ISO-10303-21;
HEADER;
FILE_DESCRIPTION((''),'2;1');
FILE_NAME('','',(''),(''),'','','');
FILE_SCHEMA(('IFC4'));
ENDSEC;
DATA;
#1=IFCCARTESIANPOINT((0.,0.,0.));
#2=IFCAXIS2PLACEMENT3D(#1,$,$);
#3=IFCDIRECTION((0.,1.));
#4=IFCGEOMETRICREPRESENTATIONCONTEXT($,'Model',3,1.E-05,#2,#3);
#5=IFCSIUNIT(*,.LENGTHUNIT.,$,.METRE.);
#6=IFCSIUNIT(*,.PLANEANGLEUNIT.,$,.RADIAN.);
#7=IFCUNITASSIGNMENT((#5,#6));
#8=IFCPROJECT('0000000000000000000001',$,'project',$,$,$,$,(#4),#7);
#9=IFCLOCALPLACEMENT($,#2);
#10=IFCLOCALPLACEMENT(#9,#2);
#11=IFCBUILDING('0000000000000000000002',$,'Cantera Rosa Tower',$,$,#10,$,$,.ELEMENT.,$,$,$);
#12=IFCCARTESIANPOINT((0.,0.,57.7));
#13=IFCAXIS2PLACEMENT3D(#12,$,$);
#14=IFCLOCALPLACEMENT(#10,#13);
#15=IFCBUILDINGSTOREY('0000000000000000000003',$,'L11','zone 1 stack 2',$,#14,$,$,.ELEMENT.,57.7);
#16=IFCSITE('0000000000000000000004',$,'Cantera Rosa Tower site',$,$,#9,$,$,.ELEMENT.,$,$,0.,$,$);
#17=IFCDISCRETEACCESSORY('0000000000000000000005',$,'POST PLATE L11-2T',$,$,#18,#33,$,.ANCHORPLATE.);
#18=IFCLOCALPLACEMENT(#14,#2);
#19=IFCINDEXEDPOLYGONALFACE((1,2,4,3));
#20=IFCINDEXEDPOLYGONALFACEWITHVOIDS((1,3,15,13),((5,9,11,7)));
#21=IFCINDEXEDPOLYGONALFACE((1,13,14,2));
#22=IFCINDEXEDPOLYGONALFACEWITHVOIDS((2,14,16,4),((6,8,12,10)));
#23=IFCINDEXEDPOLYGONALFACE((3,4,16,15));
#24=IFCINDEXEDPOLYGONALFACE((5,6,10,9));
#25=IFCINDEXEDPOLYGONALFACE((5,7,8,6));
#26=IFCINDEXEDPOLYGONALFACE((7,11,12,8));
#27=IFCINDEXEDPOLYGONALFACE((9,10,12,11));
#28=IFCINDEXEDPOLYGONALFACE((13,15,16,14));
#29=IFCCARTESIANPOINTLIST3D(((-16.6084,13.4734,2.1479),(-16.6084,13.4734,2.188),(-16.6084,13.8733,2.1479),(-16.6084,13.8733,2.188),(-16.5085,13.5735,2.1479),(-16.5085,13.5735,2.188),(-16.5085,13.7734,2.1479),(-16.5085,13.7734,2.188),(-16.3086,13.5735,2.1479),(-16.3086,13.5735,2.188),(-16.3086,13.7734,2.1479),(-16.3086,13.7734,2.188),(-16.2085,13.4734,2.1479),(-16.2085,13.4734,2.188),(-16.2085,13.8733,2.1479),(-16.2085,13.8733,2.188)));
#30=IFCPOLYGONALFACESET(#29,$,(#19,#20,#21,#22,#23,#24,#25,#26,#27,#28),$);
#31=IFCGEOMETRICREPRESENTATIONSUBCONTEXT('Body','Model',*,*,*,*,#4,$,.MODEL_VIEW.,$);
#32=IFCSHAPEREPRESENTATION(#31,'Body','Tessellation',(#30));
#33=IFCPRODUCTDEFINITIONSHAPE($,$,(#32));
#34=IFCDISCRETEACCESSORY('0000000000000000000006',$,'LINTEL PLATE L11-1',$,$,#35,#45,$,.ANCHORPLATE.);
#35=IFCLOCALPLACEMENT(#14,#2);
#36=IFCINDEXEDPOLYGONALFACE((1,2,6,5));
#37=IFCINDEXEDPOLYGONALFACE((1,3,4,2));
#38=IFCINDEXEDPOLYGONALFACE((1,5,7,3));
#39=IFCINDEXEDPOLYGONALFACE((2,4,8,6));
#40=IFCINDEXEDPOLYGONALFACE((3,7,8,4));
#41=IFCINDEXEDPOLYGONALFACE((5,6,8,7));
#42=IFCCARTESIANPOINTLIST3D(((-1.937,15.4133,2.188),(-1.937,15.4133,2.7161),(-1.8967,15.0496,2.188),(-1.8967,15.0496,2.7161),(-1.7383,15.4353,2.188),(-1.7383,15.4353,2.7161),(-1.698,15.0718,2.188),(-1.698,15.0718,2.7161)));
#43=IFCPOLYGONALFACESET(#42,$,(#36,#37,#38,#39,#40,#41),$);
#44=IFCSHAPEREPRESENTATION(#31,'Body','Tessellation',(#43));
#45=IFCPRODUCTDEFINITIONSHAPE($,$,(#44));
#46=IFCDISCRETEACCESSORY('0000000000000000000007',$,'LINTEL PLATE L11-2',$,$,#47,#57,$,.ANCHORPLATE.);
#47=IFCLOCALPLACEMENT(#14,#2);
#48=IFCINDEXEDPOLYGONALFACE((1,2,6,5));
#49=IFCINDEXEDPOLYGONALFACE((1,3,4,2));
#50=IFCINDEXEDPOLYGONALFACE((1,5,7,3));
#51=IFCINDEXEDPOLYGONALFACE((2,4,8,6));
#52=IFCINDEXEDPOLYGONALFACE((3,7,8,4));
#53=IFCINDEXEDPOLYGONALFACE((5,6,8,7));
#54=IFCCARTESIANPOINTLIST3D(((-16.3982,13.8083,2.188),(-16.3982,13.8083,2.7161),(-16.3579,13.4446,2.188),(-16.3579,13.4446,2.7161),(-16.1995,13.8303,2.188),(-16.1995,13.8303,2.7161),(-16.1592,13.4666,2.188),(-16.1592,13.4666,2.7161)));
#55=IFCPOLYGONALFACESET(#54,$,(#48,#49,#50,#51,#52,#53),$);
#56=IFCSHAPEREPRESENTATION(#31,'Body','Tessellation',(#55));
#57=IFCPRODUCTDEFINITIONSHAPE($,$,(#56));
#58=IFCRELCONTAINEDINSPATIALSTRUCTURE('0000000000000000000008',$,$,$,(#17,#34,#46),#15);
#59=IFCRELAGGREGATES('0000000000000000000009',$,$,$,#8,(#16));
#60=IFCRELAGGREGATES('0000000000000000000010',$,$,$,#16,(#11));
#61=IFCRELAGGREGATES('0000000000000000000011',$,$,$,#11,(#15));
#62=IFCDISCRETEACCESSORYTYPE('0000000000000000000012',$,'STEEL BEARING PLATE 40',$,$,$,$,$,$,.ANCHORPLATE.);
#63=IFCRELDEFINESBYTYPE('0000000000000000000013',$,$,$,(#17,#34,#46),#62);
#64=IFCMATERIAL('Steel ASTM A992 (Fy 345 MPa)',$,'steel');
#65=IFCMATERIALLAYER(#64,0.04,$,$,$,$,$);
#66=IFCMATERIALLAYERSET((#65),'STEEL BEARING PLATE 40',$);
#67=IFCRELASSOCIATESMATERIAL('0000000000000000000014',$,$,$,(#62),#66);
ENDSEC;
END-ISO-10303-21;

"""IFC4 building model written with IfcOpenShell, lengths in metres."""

from ifc_helpers import new_model, si_unit, direction, frame, origin, place, context, subcontext, project, spatial, polyline, outline, extrude, material, layer, layer_set, type_object, element, save


model = new_model("IFC4")

# Units and contexts
model_context = context("Model", 3, precision=1e-05, world=origin(), true_north=direction((0.0, 1.0)))
body_context = subcontext(model_context, "Body", "Model", "MODEL_VIEW")
ifc_project = project(units=[si_unit("LENGTHUNIT", "METRE"), si_unit("PLANEANGLEUNIT", "RADIAN")], contexts=[model_context])

# Site, building, storey
site_placement = place(None, origin())
site = spatial("IfcSite", under=ifc_project, at=site_placement, Name="Cantera Rosa Tower site", CompositionType="ELEMENT", RefElevation=0.0)
building_placement = place(site_placement, origin())
building = spatial("IfcBuilding", under=site, at=building_placement, Name="Cantera Rosa Tower", CompositionType="ELEMENT")
storey_placement = place(building_placement, frame((0.0, 0.0, 57.7)))
storey = spatial("IfcBuildingStorey", under=building, at=storey_placement, Name="L11", Description="zone 1 stack 2", CompositionType="ELEMENT", Elevation=57.7)

# Discrete accessories
ifc_material_1 = material(Name="Steel ASTM A992 (Fy 345 MPa)", Category="steel")
ifc_layer_1 = layer(ifc_material_1, 0.04)
ifc_layer_set_1 = layer_set([ifc_layer_1], Name="STEEL BEARING PLATE 40")
discrete_accessory_type = type_object("IfcDiscreteAccessoryType", Name="STEEL BEARING PLATE 40", PredefinedType="ANCHORPLATE", material=ifc_layer_set_1)
for number, where, name in (
    (1, (0.0, 0.0, 2.1479), "POST PLATE L11-2T"),
):
    element("IfcDiscreteAccessory", number, at=place(storey_placement, frame(where)), inside=storey, type_object=discrete_accessory_type, Name=name, PredefinedType="ANCHORPLATE", context=body_context, shape_type="SweptSolid", body=[
        extrude(outline(polyline([(-16.6084, 13.4734), (-16.2085, 13.4734), (-16.2085, 13.8733), (-16.6084, 13.8733), (-16.6084, 13.4734)]), holes=[polyline([(-16.5085, 13.5735), (-16.3086, 13.5735), (-16.3086, 13.7734), (-16.5085, 13.7734), (-16.5085, 13.5735)])]), origin(), (0.0, 0.0, 1.0), 0.04),
    ])
discrete_accessory_1_placement = place(storey_placement, frame((0.0, 0.0, 2.188)))
element("IfcDiscreteAccessory", 2, at=discrete_accessory_1_placement, inside=storey, type_object=discrete_accessory_type, Name="LINTEL PLATE L11-1", PredefinedType="ANCHORPLATE", context=body_context, shape_type="SweptSolid", body=[
    extrude(outline(polyline([(-1.8967, 15.0496), (-1.698, 15.0718), (-1.7383, 15.4353), (-1.937, 15.4133), (-1.8967, 15.0496)])), origin(), (0.0, 0.0, 1.0), 0.5281),
])
discrete_accessory_2_placement = place(storey_placement, frame((0.0, 0.0, 2.188)))
element("IfcDiscreteAccessory", 3, at=discrete_accessory_2_placement, inside=storey, type_object=discrete_accessory_type, Name="LINTEL PLATE L11-2", PredefinedType="ANCHORPLATE", context=body_context, shape_type="SweptSolid", body=[
    extrude(outline(polyline([(-16.1995, 13.8303), (-16.3982, 13.8083), (-16.3579, 13.4446), (-16.1592, 13.4666), (-16.1995, 13.8303)])), origin(), (0.0, 0.0, 1.0), 0.5281),
])

save(model, "model.ifc")
